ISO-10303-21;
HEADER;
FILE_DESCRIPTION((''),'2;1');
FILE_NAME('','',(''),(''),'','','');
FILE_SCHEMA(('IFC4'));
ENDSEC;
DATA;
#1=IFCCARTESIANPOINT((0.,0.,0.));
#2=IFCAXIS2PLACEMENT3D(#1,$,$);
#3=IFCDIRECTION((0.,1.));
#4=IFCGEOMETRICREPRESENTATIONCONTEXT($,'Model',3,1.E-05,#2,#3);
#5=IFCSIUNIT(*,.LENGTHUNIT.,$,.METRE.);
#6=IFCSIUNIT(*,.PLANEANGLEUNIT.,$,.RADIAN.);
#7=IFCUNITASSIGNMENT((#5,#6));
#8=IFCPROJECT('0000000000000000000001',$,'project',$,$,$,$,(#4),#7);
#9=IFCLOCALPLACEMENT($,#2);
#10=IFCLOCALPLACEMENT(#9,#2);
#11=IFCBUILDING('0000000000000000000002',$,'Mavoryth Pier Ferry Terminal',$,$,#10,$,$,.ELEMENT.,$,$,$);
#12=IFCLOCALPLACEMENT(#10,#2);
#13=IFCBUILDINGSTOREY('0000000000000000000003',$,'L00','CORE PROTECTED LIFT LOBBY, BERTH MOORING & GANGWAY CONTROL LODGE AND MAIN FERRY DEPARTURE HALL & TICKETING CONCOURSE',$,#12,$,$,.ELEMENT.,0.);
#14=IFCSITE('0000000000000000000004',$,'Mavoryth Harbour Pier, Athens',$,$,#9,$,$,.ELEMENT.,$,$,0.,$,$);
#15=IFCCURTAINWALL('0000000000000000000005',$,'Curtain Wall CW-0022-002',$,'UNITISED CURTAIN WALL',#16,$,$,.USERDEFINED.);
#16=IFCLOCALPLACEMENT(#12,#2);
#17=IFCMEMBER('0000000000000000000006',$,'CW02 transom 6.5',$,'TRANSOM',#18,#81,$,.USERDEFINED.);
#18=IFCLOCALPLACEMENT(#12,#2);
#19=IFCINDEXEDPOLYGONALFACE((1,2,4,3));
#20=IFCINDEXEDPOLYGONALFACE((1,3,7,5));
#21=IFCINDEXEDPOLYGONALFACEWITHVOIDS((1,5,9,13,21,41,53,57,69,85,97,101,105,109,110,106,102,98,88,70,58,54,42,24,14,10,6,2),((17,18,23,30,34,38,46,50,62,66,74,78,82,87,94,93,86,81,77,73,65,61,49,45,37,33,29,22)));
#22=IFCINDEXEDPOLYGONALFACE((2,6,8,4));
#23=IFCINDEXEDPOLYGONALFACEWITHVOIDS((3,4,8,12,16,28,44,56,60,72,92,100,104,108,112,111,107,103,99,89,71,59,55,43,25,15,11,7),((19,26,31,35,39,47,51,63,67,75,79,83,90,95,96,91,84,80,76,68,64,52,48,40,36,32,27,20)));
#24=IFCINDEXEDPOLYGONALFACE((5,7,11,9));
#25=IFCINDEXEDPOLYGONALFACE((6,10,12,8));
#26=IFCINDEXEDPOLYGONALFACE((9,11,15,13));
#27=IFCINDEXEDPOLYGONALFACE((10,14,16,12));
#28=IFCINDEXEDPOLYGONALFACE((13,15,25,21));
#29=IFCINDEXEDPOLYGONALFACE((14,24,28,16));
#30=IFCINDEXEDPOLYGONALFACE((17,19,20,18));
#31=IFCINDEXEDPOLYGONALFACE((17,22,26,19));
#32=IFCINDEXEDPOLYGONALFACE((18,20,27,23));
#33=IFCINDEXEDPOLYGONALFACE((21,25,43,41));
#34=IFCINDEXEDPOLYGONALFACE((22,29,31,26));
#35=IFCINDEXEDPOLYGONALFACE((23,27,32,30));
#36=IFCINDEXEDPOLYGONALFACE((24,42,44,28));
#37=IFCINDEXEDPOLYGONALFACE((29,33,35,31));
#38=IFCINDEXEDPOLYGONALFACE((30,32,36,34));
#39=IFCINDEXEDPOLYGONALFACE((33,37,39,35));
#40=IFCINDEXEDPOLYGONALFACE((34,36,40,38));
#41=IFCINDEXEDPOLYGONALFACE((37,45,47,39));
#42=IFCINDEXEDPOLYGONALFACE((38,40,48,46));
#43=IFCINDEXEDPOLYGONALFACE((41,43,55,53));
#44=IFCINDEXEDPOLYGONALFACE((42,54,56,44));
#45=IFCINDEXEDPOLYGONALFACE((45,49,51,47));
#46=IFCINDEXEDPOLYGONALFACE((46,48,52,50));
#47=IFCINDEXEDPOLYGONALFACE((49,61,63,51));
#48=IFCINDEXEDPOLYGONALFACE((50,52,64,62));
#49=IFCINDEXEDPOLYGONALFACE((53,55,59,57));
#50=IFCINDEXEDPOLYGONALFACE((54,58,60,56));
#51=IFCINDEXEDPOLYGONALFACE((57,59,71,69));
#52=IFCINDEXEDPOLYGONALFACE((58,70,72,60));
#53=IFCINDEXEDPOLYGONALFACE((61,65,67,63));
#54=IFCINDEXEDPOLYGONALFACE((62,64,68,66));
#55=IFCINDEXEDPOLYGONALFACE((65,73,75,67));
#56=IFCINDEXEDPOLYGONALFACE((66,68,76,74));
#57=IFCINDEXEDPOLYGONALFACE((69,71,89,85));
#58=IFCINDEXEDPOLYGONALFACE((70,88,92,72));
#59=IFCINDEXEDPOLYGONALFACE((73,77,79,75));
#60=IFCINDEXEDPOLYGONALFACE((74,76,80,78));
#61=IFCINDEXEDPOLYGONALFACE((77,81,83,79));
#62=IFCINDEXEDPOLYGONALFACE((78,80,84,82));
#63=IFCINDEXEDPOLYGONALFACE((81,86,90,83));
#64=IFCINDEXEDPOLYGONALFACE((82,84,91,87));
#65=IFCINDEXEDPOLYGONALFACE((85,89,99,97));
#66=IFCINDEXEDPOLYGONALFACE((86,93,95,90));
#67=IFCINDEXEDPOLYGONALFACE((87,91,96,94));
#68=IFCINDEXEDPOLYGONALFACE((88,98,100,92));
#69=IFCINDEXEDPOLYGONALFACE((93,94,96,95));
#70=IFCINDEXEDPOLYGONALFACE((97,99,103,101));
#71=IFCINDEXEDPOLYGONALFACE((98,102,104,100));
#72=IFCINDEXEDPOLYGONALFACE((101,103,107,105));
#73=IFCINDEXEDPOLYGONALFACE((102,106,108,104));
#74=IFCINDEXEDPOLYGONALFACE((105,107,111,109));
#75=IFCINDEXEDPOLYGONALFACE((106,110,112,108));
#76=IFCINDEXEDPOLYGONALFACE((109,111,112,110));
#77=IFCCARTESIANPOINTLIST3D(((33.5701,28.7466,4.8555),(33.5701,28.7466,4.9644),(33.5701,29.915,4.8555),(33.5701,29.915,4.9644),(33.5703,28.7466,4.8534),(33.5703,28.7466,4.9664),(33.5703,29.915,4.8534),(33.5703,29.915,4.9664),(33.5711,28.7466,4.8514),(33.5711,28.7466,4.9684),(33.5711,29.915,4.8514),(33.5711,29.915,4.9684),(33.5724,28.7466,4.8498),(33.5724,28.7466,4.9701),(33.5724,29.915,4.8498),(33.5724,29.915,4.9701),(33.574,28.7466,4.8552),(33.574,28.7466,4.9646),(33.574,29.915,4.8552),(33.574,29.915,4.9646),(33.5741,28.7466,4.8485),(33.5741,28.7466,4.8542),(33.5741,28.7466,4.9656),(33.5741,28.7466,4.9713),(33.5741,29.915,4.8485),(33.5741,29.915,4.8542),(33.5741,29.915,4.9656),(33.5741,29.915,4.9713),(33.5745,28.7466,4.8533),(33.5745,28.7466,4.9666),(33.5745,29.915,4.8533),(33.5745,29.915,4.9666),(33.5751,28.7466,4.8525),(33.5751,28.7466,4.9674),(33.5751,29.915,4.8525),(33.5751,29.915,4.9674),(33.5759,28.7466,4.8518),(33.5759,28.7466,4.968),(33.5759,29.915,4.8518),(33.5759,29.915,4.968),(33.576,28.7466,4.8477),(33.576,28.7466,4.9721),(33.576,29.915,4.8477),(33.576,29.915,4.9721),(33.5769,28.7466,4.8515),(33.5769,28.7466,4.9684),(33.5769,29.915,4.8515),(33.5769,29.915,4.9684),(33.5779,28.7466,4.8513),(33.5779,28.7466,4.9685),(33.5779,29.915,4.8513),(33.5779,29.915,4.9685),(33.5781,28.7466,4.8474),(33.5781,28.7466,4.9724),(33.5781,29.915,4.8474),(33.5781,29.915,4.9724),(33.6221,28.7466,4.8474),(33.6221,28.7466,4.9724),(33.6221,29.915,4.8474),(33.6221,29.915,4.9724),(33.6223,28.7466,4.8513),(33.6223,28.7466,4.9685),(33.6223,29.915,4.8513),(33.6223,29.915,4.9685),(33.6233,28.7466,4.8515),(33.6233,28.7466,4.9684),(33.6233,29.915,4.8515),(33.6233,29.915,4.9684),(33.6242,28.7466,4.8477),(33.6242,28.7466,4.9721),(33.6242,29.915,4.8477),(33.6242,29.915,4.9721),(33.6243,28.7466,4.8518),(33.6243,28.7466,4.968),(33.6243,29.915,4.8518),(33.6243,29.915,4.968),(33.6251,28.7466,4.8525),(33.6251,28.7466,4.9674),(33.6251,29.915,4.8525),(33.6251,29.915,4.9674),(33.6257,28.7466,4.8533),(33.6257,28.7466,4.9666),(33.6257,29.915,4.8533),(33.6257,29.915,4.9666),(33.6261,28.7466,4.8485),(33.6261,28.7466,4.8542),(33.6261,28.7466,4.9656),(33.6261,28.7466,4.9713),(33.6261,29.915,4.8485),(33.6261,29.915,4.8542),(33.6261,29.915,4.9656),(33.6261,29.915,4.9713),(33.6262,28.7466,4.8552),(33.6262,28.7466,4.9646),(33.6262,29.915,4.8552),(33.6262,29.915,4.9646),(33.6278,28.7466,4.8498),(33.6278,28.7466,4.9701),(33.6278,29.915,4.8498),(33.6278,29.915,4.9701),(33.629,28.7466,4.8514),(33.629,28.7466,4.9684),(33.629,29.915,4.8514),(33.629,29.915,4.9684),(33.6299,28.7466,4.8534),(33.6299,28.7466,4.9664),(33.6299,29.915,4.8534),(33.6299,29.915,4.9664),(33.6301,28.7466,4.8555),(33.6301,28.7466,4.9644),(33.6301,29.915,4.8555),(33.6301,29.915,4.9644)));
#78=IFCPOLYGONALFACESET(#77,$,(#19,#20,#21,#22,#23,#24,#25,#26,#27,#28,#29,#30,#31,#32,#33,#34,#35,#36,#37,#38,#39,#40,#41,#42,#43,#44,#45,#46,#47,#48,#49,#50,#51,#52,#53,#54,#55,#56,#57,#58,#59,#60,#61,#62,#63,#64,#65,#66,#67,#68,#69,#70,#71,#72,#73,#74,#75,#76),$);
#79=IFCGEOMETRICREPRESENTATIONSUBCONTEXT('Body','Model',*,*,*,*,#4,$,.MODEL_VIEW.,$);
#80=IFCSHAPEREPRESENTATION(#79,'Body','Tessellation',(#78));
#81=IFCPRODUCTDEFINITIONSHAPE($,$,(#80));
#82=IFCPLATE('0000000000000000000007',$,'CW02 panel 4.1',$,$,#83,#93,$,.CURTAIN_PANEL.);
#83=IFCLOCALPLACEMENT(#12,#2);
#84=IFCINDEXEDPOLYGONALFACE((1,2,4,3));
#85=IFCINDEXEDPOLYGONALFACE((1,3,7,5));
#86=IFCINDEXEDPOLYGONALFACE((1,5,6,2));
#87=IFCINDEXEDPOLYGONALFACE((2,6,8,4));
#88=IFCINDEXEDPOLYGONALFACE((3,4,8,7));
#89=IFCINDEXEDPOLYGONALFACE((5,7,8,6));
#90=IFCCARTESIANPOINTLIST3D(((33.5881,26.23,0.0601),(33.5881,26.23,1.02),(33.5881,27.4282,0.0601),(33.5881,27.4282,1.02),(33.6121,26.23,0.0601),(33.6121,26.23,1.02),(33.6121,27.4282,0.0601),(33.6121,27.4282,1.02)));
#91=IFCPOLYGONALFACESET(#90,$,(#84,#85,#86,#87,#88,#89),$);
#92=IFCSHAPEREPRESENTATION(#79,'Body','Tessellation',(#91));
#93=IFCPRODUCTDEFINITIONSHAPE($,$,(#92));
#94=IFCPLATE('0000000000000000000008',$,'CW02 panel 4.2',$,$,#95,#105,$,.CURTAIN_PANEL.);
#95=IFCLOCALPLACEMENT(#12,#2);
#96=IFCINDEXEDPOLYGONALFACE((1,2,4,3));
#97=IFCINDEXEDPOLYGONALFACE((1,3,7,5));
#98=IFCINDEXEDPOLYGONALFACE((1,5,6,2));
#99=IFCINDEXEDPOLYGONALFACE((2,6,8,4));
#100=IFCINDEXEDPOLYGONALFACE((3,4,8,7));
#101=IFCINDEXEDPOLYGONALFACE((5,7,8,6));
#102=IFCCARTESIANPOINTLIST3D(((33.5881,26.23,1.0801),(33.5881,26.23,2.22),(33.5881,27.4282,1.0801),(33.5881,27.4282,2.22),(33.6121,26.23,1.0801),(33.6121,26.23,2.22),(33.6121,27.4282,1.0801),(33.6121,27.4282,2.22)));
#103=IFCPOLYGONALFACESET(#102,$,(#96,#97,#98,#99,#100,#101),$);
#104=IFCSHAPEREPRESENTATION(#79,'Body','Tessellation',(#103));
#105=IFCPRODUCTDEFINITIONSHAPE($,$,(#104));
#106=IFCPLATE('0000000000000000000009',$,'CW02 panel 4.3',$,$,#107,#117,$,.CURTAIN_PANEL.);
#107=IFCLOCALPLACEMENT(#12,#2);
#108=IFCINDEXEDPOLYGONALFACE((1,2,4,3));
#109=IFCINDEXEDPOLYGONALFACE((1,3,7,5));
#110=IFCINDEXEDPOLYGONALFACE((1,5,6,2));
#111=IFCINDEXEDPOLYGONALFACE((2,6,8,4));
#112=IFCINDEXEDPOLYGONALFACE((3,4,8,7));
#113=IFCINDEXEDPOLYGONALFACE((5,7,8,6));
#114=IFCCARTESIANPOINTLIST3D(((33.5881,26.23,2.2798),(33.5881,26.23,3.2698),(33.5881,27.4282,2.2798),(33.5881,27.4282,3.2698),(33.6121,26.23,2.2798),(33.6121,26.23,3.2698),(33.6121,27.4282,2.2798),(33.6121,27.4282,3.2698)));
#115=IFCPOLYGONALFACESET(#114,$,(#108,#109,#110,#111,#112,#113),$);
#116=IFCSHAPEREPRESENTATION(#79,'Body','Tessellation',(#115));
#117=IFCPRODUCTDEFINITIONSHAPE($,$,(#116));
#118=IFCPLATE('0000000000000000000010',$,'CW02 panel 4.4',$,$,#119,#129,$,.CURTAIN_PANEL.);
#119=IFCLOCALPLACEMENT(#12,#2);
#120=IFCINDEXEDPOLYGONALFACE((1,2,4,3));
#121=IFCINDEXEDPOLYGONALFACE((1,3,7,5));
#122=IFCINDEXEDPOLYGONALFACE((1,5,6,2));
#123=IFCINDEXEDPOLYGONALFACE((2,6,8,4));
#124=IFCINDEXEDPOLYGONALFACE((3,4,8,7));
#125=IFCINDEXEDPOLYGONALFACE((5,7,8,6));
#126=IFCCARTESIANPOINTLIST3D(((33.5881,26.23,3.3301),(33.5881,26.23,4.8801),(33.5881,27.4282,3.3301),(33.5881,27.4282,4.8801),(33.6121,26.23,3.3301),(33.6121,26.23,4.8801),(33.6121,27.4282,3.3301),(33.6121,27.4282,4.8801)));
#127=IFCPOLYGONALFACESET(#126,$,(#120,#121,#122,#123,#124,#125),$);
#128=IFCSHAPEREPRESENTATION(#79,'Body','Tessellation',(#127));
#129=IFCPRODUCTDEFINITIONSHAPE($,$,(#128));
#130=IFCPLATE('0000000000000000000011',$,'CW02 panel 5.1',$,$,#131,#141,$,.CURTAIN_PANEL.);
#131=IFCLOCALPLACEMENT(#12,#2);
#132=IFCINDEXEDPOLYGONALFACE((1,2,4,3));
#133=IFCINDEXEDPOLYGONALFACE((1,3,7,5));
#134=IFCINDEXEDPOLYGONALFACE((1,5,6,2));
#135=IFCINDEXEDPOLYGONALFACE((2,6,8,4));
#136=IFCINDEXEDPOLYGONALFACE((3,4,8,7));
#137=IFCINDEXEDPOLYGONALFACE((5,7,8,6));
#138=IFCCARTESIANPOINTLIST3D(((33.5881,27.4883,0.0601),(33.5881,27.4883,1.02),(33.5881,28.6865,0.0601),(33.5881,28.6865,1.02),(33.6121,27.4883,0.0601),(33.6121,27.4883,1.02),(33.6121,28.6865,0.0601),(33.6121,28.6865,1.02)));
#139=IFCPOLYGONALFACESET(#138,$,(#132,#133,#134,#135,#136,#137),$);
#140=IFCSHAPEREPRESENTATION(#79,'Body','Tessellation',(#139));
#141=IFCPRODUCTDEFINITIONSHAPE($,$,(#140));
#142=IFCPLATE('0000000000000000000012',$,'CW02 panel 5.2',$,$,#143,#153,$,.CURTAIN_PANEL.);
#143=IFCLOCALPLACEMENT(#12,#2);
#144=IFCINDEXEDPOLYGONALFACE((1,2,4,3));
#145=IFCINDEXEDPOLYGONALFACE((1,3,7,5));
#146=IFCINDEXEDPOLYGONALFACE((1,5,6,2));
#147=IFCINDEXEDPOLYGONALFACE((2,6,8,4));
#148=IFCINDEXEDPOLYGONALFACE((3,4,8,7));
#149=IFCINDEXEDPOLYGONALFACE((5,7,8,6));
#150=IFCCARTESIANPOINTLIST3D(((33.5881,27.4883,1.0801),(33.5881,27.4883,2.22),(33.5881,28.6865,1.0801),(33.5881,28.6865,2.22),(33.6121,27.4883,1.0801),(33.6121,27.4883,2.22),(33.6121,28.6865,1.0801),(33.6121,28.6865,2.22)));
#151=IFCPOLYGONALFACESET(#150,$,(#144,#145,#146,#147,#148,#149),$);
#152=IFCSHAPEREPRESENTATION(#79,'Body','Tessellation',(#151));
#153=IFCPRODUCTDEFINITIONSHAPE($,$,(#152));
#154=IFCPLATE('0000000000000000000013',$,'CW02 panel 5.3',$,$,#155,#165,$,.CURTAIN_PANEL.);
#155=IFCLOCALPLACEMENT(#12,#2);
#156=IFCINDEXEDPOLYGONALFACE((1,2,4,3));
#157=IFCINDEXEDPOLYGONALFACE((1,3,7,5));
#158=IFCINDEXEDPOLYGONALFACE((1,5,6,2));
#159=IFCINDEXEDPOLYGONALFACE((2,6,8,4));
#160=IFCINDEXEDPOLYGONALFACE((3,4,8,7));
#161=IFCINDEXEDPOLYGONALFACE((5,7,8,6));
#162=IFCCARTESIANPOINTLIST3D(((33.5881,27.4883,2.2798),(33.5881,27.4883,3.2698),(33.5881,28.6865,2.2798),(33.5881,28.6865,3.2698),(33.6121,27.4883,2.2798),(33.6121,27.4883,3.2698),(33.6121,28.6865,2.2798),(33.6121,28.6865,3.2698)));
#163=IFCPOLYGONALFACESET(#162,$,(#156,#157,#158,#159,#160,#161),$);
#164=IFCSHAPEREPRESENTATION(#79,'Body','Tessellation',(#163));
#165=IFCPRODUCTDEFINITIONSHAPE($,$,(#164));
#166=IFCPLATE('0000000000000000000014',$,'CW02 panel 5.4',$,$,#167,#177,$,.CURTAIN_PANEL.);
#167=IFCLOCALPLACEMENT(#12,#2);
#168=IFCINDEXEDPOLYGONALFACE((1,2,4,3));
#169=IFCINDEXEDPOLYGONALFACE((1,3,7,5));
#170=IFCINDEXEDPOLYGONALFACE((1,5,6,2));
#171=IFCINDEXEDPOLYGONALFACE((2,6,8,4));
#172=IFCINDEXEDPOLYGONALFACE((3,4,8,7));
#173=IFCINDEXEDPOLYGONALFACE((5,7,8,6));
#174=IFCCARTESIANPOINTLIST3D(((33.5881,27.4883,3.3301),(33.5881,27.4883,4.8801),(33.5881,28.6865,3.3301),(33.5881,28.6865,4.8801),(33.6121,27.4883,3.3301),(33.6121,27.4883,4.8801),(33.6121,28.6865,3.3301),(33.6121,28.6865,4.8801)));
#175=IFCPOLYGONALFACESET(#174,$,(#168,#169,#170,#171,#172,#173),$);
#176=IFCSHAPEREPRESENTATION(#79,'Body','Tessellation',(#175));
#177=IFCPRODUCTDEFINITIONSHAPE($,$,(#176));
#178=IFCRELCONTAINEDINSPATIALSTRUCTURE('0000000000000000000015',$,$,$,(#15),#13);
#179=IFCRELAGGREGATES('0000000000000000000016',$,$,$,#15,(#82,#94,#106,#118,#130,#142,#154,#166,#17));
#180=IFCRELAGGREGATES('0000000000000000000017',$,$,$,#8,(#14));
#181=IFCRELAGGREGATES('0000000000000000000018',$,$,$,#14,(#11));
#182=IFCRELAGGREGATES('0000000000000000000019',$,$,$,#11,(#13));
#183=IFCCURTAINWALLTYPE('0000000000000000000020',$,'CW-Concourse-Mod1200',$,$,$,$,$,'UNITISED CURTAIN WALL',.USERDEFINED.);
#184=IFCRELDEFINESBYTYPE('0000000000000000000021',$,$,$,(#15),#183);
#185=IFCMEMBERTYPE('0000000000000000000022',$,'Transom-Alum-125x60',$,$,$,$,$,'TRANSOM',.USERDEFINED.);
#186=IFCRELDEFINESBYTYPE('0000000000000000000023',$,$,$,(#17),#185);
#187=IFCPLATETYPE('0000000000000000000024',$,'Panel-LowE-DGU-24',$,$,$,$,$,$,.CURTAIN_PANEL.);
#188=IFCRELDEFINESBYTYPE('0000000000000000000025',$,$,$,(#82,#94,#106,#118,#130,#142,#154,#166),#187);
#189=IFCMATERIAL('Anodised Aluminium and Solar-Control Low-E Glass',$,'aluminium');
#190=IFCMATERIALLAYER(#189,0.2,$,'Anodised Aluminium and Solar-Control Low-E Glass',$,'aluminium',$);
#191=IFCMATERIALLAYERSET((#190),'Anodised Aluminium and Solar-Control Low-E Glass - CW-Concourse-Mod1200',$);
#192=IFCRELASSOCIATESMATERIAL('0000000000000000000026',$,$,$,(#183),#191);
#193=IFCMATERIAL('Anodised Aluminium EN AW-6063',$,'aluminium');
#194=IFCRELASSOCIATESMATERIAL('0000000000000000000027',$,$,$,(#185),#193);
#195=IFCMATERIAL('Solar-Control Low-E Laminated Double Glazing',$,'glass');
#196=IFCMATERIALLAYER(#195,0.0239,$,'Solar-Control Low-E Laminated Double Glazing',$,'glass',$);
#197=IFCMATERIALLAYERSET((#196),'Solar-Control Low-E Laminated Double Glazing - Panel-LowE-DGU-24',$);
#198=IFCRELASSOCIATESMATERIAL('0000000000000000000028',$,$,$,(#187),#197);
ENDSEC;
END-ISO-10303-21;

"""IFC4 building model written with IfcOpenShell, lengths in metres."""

from ifc_helpers import new_model, si_unit, direction, frame, origin, origin_2d, place, context, subcontext, project, spatial, rectangle, hollow_rectangle, extrude, material, layer, layer_set, material_profile, profile_set, type_object, element, aggregate, save


model = new_model("IFC4")

# Units and contexts
model_context = context("Model", 3, precision=1e-05, world=origin(), true_north=direction((0.0, 1.0)))
body_context = subcontext(model_context, "Body", "Model", "MODEL_VIEW")
ifc_project = project(units=[si_unit("LENGTHUNIT", "METRE"), si_unit("PLANEANGLEUNIT", "RADIAN")], contexts=[model_context])

# Site, building, storey
site_placement = place(None, origin())
site = spatial("IfcSite", under=ifc_project, at=site_placement, Name="Mavoryth Harbour Pier, Athens", CompositionType="ELEMENT", RefElevation=0.0)
building_placement = place(site_placement, origin())
building = spatial("IfcBuilding", under=site, at=building_placement, Name="Mavoryth Pier Ferry Terminal", CompositionType="ELEMENT")
storey_placement = place(building_placement, origin())
storey = spatial("IfcBuildingStorey", under=building, at=storey_placement, Name="L00", Description="CORE PROTECTED LIFT LOBBY, BERTH MOORING & GANGWAY CONTROL LODGE AND MAIN FERRY DEPARTURE HALL & TICKETING CONCOURSE", CompositionType="ELEMENT", Elevation=0.0)

# Curtain wall, member, plates
ifc_material_1 = material(Name="Anodised Aluminium and Solar-Control Low-E Glass", Category="aluminium")
ifc_layer_1 = layer(ifc_material_1, 0.2, Name="Anodised Aluminium and Solar-Control Low-E Glass", Category="aluminium")
ifc_layer_set_1 = layer_set([ifc_layer_1], Name="Anodised Aluminium and Solar-Control Low-E Glass - CW-Concourse-Mod1200")
curtain_wall_type = type_object("IfcCurtainWallType", Name="CW-Concourse-Mod1200", ElementType="UNITISED CURTAIN WALL", PredefinedType="USERDEFINED", material=ifc_layer_set_1)
curtain_wall_placement = place(storey_placement, origin())
curtain_wall = element("IfcCurtainWall", 1, at=curtain_wall_placement, inside=storey, type_object=curtain_wall_type, Name="Curtain Wall CW-0022-002", ObjectType="UNITISED CURTAIN WALL", PredefinedType="USERDEFINED")
ifc_material_2 = material(Name="Anodised Aluminium EN AW-6063", Category="aluminium")
ifc_material_profile_1 = material_profile(ifc_material_2, hollow_rectangle(XDim=0.0601, YDim=0.125, WallThickness=0.0039, InnerFilletRadius=0.0039, OuterFilletRadius=0.0081, at=origin_2d()), Name="AL-TRAN 125x60x4", Category="aluminium")
ifc_profile_set_1 = profile_set([ifc_material_profile_1], Name="Anodised Aluminium EN AW-6063 - AL-TRAN 125x60x4")
member_type_1 = type_object("IfcMemberType", Name="Transom-Alum-125x60", ElementType="TRANSOM", PredefinedType="USERDEFINED", material=ifc_profile_set_1)
member_1_placement = place(storey_placement, frame((33.6001, 28.7466, 4.9099), z_axis=(0.0, 1.0, 0.0), x_axis=(-1.0, 0.0, 0.0)))
member_1 = element("IfcMember", 2, at=member_1_placement, type_object=member_type_1, Name="CW02 transom 6.5", ObjectType="TRANSOM", PredefinedType="USERDEFINED", context=body_context, shape_type="SweptSolid", body=[
    extrude(hollow_rectangle(XDim=0.0601, YDim=0.125, WallThickness=0.0039, InnerFilletRadius=0.0039, OuterFilletRadius=0.0081, at=origin_2d()), origin(), (0.0, 0.0, 1.0), 1.1685),
])
ifc_material_3 = material(Name="Solar-Control Low-E Laminated Double Glazing", Category="glass")
ifc_layer_2 = layer(ifc_material_3, 0.0239, Name="Solar-Control Low-E Laminated Double Glazing", Category="glass")
ifc_layer_set_2 = layer_set([ifc_layer_2], Name="Solar-Control Low-E Laminated Double Glazing - Panel-LowE-DGU-24")
plate_type = type_object("IfcPlateType", Name="Panel-LowE-DGU-24", PredefinedType="CURTAIN_PANEL", material=ifc_layer_set_2)
plate_1_placement = place(storey_placement, frame((33.6001, 26.8291, 0.0601), z_axis=(0.0, 0.0, 1.0), x_axis=(0.0, 1.0, 0.0)))
plate_1 = element("IfcPlate", 3, at=plate_1_placement, type_object=plate_type, Name="CW02 panel 4.1", PredefinedType="CURTAIN_PANEL", context=body_context, shape_type="SweptSolid", body=[
    extrude(rectangle(XDim=1.1982, YDim=0.0239, at=origin_2d()), origin(), (0.0, 0.0, 1.0), 0.96),
])
plate_2_placement = place(storey_placement, frame((33.6001, 26.8291, 1.0801), z_axis=(0.0, 0.0, 1.0), x_axis=(0.0, 1.0, 0.0)))
plate_2 = element("IfcPlate", 4, at=plate_2_placement, type_object=plate_type, Name="CW02 panel 4.2", PredefinedType="CURTAIN_PANEL", context=body_context, shape_type="SweptSolid", body=[
    extrude(rectangle(XDim=1.1982, YDim=0.0239, at=origin_2d()), origin(), (0.0, 0.0, 1.0), 1.1399),
])
plate_3_placement = place(storey_placement, frame((33.6001, 26.8291, 2.2798), z_axis=(0.0, 0.0, 1.0), x_axis=(0.0, 1.0, 0.0)))
plate_3 = element("IfcPlate", 5, at=plate_3_placement, type_object=plate_type, Name="CW02 panel 4.3", PredefinedType="CURTAIN_PANEL", context=body_context, shape_type="SweptSolid", body=[
    extrude(rectangle(XDim=1.1982, YDim=0.0239, at=origin_2d()), origin(), (0.0, 0.0, 1.0), 0.99),
])
plate_4_placement = place(storey_placement, frame((33.6001, 26.8291, 3.3301), z_axis=(0.0, 0.0, 1.0), x_axis=(0.0, 1.0, 0.0)))
plate_4 = element("IfcPlate", 6, at=plate_4_placement, type_object=plate_type, Name="CW02 panel 4.4", PredefinedType="CURTAIN_PANEL", context=body_context, shape_type="SweptSolid", body=[
    extrude(rectangle(XDim=1.1982, YDim=0.0239, at=origin_2d()), origin(), (0.0, 0.0, 1.0), 1.55),
])
plate_5_placement = place(storey_placement, frame((33.6001, 28.0874, 0.0601), z_axis=(0.0, 0.0, 1.0), x_axis=(0.0, 1.0, 0.0)))
plate_5 = element("IfcPlate", 7, at=plate_5_placement, type_object=plate_type, Name="CW02 panel 5.1", PredefinedType="CURTAIN_PANEL", context=body_context, shape_type="SweptSolid", body=[
    extrude(rectangle(XDim=1.1982, YDim=0.0239, at=origin_2d()), origin(), (0.0, 0.0, 1.0), 0.96),
])
plate_6_placement = place(storey_placement, frame((33.6001, 28.0874, 1.0801), z_axis=(0.0, 0.0, 1.0), x_axis=(0.0, 1.0, 0.0)))
plate_6 = element("IfcPlate", 8, at=plate_6_placement, type_object=plate_type, Name="CW02 panel 5.2", PredefinedType="CURTAIN_PANEL", context=body_context, shape_type="SweptSolid", body=[
    extrude(rectangle(XDim=1.1982, YDim=0.0239, at=origin_2d()), origin(), (0.0, 0.0, 1.0), 1.1399),
])
plate_7_placement = place(storey_placement, frame((33.6001, 28.0874, 2.2798), z_axis=(0.0, 0.0, 1.0), x_axis=(0.0, 1.0, 0.0)))
plate_7 = element("IfcPlate", 9, at=plate_7_placement, type_object=plate_type, Name="CW02 panel 5.3", PredefinedType="CURTAIN_PANEL", context=body_context, shape_type="SweptSolid", body=[
    extrude(rectangle(XDim=1.1982, YDim=0.0239, at=origin_2d()), origin(), (0.0, 0.0, 1.0), 0.99),
])
plate_8_placement = place(storey_placement, frame((33.6001, 28.0874, 3.3301), z_axis=(0.0, 0.0, 1.0), x_axis=(0.0, 1.0, 0.0)))
plate_8 = element("IfcPlate", 10, at=plate_8_placement, type_object=plate_type, Name="CW02 panel 5.4", PredefinedType="CURTAIN_PANEL", context=body_context, shape_type="SweptSolid", body=[
    extrude(rectangle(XDim=1.1982, YDim=0.0239, at=origin_2d()), origin(), (0.0, 0.0, 1.0), 1.55),
])
aggregate(curtain_wall, [plate_1, plate_2, plate_3, plate_4, plate_5, plate_6, plate_7, plate_8, member_1])

save(model, "model.ifc")
